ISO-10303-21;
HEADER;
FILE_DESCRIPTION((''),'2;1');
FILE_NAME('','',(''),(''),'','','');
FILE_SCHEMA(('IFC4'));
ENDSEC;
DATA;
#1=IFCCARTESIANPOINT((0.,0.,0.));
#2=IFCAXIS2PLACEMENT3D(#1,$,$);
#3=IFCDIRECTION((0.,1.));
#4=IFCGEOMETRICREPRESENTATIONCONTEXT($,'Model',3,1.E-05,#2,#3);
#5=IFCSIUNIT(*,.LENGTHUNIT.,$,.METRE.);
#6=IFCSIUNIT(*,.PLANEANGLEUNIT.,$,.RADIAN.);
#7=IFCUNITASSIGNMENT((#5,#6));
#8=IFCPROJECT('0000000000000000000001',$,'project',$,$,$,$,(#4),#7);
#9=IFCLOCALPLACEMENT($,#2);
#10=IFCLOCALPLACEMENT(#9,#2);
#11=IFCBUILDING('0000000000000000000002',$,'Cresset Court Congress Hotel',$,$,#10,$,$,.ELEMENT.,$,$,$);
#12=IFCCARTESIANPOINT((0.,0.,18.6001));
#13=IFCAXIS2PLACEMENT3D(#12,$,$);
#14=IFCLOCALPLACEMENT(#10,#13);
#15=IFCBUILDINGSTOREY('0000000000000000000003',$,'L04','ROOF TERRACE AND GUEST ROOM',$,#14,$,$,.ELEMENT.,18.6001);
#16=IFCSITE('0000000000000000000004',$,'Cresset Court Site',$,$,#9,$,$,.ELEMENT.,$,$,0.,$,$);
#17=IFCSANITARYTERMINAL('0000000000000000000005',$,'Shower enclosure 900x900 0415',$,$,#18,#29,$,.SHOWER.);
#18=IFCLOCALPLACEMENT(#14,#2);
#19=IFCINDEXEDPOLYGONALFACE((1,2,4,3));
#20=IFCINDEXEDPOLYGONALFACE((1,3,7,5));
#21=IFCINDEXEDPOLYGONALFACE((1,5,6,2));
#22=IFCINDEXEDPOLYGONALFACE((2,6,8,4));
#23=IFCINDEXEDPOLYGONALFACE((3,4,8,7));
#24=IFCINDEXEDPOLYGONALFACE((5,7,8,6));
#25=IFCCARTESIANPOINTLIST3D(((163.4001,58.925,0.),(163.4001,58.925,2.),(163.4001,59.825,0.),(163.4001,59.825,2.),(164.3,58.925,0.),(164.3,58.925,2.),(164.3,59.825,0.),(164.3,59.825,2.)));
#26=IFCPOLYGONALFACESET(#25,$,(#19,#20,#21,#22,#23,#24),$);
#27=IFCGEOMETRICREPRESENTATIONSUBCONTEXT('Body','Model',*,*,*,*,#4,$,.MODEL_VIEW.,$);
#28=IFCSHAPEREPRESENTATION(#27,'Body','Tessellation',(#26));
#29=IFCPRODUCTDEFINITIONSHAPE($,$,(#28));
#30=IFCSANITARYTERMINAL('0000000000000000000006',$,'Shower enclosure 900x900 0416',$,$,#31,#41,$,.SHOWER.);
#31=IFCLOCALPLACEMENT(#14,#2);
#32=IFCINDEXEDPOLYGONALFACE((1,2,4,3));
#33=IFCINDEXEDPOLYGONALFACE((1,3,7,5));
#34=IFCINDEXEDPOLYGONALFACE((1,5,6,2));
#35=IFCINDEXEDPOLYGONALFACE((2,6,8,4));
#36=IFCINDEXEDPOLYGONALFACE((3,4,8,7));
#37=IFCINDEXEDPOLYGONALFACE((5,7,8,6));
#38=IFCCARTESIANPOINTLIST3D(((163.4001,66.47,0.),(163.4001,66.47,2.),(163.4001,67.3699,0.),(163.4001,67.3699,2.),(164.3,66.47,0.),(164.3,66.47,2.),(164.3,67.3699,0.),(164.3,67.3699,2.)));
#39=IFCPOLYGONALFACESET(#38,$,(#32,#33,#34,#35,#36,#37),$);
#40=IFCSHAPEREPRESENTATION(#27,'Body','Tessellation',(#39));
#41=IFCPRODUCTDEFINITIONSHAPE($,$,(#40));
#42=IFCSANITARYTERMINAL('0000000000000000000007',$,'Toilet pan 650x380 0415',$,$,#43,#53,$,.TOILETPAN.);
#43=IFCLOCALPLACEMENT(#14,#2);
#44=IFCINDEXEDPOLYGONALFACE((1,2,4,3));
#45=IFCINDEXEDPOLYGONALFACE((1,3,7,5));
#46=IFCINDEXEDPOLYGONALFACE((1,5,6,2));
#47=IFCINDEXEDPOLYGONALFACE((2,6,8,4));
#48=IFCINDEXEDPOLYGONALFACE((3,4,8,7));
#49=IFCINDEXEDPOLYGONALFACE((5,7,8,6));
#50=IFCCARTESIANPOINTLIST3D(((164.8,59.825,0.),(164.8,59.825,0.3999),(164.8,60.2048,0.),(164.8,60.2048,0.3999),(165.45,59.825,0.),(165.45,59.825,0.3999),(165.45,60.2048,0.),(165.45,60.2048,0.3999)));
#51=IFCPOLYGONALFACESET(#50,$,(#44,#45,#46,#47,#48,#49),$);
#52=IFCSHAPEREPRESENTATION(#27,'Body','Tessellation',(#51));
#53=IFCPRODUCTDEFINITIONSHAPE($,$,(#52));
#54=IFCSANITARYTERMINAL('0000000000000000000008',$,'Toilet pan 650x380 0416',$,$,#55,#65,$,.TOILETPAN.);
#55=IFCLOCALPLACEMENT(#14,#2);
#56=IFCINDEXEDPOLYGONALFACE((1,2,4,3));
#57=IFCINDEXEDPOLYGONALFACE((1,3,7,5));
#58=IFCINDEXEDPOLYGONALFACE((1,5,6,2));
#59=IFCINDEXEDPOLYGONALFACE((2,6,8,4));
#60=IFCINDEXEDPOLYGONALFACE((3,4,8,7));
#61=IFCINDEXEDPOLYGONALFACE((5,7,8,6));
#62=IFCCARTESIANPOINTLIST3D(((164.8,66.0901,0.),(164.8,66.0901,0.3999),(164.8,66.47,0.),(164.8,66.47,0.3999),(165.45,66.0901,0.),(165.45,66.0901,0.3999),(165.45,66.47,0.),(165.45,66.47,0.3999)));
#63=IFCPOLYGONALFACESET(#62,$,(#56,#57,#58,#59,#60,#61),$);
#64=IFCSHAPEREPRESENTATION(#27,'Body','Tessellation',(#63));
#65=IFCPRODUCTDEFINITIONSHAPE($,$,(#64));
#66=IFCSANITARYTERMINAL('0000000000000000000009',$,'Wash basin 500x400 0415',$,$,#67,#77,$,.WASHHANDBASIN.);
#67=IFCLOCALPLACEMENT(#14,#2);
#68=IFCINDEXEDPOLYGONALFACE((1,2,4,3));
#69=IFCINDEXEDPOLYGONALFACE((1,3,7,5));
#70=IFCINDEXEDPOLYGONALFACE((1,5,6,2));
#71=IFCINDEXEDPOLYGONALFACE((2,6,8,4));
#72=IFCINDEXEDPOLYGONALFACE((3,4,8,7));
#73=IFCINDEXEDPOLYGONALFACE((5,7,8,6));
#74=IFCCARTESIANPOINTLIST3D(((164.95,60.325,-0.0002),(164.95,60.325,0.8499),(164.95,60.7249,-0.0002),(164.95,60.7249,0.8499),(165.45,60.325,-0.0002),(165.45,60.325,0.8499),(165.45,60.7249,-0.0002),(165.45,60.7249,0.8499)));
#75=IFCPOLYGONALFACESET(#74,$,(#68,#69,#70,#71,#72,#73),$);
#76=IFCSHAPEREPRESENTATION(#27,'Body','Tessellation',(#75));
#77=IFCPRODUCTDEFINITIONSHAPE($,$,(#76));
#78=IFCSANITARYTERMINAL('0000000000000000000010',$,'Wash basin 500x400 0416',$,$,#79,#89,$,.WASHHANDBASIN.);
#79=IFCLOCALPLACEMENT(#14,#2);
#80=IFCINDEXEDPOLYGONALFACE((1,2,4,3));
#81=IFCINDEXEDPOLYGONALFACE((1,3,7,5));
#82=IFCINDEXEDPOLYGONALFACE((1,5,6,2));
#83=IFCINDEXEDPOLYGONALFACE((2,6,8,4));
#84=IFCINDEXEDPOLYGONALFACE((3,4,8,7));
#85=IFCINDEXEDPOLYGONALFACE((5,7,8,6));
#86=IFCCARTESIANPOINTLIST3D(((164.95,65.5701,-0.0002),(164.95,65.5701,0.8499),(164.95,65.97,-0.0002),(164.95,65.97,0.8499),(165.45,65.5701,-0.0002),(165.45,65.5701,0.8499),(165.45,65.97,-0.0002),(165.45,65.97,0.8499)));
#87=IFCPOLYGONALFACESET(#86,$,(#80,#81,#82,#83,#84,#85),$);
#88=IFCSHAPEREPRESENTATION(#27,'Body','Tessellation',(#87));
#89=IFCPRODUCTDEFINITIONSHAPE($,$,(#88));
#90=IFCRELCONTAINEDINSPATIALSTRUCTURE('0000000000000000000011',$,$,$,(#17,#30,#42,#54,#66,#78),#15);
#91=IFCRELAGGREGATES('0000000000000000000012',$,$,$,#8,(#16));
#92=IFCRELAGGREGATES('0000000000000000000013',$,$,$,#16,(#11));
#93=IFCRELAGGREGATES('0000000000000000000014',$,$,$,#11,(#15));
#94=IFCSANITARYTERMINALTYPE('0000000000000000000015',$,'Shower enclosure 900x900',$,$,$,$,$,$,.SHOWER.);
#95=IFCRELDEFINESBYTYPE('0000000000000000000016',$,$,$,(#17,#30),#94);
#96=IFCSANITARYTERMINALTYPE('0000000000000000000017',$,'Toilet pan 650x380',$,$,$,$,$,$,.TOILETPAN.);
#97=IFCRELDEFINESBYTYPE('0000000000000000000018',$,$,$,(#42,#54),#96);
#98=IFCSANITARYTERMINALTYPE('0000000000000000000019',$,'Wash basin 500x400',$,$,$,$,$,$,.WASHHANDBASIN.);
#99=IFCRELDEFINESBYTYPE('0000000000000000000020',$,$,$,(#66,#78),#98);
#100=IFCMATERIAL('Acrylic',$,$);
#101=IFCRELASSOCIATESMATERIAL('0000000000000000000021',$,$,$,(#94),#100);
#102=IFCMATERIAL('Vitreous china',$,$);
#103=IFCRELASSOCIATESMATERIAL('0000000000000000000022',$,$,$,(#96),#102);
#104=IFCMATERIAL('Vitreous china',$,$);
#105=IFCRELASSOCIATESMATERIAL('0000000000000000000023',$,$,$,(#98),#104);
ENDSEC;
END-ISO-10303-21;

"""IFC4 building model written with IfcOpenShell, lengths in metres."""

from ifc_helpers import new_model, si_unit, direction, frame, origin, origin_2d, place, context, subcontext, project, spatial, rectangle, extrude, material, type_object, element, save


model = new_model("IFC4")

# Units and contexts
model_context = context("Model", 3, precision=1e-05, world=origin(), true_north=direction((0.0, 1.0)))
body_context = subcontext(model_context, "Body", "Model", "MODEL_VIEW")
ifc_project = project(units=[si_unit("LENGTHUNIT", "METRE"), si_unit("PLANEANGLEUNIT", "RADIAN")], contexts=[model_context])

# Site, building, storey
site_placement = place(None, origin())
site = spatial("IfcSite", under=ifc_project, at=site_placement, Name="Cresset Court Site", CompositionType="ELEMENT", RefElevation=0.0)
building_placement = place(site_placement, origin())
building = spatial("IfcBuilding", under=site, at=building_placement, Name="Cresset Court Congress Hotel", CompositionType="ELEMENT")
storey_placement = place(building_placement, frame((0.0, 0.0, 18.6001)))
storey = spatial("IfcBuildingStorey", under=building, at=storey_placement, Name="L04", Description="ROOF TERRACE AND GUEST ROOM", CompositionType="ELEMENT", Elevation=18.6001)

# Sanitary terminals
ifc_material_1 = material(Name="Acrylic")
sanitary_terminal_type_1 = type_object("IfcSanitaryTerminalType", Name="Shower enclosure 900x900", PredefinedType="SHOWER", material=ifc_material_1)
for number, where, z_axis, x_axis, name in (
    (1, (163.8501, 59.375, 0.0), (0.0, 0.0, 1.0), (1.0, 0.0, 0.0), "Shower enclosure 900x900 0415"),
    (2, (163.8501, 66.9199, 0.0), (0.0, 0.0, 1.0), (1.0, 0.0, 0.0), "Shower enclosure 900x900 0416"),
):
    element("IfcSanitaryTerminal", number, at=place(storey_placement, frame(where, z_axis=z_axis, x_axis=x_axis)), inside=storey, type_object=sanitary_terminal_type_1, Name=name, PredefinedType="SHOWER", context=body_context, shape_type="SweptSolid", body=[
        extrude(rectangle(XDim=0.8999, YDim=0.8999, at=origin_2d()), origin(), (0.0, 0.0, 1.0), 2.0),
    ])
ifc_material_2 = material(Name="Vitreous china")
sanitary_terminal_type_2 = type_object("IfcSanitaryTerminalType", Name="Toilet pan 650x380", PredefinedType="TOILETPAN", material=ifc_material_2)
for number, where, z_axis, x_axis, name in (
    (3, (165.125, 60.0149, 0.0), (0.0, 0.0, 1.0), (1.0, 0.0, 0.0), "Toilet pan 650x380 0415"),
    (4, (165.125, 66.28, 0.0), (0.0, 0.0, 1.0), (1.0, 0.0, 0.0), "Toilet pan 650x380 0416"),
):
    element("IfcSanitaryTerminal", number, at=place(storey_placement, frame(where, z_axis=z_axis, x_axis=x_axis)), inside=storey, type_object=sanitary_terminal_type_2, Name=name, PredefinedType="TOILETPAN", context=body_context, shape_type="SweptSolid", body=[
        extrude(rectangle(XDim=0.6499, YDim=0.3799, at=origin_2d()), origin(), (0.0, 0.0, 1.0), 0.3999),
    ])
ifc_material_3 = material(Name="Vitreous china")
sanitary_terminal_type_3 = type_object("IfcSanitaryTerminalType", Name="Wash basin 500x400", PredefinedType="WASHHANDBASIN", material=ifc_material_3)
for number, where, z_axis, x_axis, name in (
    (5, (165.2, 60.5249, -0.0002), (0.0, 0.0, 1.0), (1.0, 0.0, 0.0), "Wash basin 500x400 0415"),
    (6, (165.2, 65.77, -0.0002), (0.0, 0.0, 1.0), (1.0, 0.0, 0.0), "Wash basin 500x400 0416"),
):
    element("IfcSanitaryTerminal", number, at=place(storey_placement, frame(where, z_axis=z_axis, x_axis=x_axis)), inside=storey, type_object=sanitary_terminal_type_3, Name=name, PredefinedType="WASHHANDBASIN", context=body_context, shape_type="SweptSolid", body=[
        extrude(rectangle(XDim=0.5, YDim=0.3999, at=origin_2d()), origin(), (0.0, 0.0, 1.0), 0.8501),
    ])

save(model, "model.ifc")
